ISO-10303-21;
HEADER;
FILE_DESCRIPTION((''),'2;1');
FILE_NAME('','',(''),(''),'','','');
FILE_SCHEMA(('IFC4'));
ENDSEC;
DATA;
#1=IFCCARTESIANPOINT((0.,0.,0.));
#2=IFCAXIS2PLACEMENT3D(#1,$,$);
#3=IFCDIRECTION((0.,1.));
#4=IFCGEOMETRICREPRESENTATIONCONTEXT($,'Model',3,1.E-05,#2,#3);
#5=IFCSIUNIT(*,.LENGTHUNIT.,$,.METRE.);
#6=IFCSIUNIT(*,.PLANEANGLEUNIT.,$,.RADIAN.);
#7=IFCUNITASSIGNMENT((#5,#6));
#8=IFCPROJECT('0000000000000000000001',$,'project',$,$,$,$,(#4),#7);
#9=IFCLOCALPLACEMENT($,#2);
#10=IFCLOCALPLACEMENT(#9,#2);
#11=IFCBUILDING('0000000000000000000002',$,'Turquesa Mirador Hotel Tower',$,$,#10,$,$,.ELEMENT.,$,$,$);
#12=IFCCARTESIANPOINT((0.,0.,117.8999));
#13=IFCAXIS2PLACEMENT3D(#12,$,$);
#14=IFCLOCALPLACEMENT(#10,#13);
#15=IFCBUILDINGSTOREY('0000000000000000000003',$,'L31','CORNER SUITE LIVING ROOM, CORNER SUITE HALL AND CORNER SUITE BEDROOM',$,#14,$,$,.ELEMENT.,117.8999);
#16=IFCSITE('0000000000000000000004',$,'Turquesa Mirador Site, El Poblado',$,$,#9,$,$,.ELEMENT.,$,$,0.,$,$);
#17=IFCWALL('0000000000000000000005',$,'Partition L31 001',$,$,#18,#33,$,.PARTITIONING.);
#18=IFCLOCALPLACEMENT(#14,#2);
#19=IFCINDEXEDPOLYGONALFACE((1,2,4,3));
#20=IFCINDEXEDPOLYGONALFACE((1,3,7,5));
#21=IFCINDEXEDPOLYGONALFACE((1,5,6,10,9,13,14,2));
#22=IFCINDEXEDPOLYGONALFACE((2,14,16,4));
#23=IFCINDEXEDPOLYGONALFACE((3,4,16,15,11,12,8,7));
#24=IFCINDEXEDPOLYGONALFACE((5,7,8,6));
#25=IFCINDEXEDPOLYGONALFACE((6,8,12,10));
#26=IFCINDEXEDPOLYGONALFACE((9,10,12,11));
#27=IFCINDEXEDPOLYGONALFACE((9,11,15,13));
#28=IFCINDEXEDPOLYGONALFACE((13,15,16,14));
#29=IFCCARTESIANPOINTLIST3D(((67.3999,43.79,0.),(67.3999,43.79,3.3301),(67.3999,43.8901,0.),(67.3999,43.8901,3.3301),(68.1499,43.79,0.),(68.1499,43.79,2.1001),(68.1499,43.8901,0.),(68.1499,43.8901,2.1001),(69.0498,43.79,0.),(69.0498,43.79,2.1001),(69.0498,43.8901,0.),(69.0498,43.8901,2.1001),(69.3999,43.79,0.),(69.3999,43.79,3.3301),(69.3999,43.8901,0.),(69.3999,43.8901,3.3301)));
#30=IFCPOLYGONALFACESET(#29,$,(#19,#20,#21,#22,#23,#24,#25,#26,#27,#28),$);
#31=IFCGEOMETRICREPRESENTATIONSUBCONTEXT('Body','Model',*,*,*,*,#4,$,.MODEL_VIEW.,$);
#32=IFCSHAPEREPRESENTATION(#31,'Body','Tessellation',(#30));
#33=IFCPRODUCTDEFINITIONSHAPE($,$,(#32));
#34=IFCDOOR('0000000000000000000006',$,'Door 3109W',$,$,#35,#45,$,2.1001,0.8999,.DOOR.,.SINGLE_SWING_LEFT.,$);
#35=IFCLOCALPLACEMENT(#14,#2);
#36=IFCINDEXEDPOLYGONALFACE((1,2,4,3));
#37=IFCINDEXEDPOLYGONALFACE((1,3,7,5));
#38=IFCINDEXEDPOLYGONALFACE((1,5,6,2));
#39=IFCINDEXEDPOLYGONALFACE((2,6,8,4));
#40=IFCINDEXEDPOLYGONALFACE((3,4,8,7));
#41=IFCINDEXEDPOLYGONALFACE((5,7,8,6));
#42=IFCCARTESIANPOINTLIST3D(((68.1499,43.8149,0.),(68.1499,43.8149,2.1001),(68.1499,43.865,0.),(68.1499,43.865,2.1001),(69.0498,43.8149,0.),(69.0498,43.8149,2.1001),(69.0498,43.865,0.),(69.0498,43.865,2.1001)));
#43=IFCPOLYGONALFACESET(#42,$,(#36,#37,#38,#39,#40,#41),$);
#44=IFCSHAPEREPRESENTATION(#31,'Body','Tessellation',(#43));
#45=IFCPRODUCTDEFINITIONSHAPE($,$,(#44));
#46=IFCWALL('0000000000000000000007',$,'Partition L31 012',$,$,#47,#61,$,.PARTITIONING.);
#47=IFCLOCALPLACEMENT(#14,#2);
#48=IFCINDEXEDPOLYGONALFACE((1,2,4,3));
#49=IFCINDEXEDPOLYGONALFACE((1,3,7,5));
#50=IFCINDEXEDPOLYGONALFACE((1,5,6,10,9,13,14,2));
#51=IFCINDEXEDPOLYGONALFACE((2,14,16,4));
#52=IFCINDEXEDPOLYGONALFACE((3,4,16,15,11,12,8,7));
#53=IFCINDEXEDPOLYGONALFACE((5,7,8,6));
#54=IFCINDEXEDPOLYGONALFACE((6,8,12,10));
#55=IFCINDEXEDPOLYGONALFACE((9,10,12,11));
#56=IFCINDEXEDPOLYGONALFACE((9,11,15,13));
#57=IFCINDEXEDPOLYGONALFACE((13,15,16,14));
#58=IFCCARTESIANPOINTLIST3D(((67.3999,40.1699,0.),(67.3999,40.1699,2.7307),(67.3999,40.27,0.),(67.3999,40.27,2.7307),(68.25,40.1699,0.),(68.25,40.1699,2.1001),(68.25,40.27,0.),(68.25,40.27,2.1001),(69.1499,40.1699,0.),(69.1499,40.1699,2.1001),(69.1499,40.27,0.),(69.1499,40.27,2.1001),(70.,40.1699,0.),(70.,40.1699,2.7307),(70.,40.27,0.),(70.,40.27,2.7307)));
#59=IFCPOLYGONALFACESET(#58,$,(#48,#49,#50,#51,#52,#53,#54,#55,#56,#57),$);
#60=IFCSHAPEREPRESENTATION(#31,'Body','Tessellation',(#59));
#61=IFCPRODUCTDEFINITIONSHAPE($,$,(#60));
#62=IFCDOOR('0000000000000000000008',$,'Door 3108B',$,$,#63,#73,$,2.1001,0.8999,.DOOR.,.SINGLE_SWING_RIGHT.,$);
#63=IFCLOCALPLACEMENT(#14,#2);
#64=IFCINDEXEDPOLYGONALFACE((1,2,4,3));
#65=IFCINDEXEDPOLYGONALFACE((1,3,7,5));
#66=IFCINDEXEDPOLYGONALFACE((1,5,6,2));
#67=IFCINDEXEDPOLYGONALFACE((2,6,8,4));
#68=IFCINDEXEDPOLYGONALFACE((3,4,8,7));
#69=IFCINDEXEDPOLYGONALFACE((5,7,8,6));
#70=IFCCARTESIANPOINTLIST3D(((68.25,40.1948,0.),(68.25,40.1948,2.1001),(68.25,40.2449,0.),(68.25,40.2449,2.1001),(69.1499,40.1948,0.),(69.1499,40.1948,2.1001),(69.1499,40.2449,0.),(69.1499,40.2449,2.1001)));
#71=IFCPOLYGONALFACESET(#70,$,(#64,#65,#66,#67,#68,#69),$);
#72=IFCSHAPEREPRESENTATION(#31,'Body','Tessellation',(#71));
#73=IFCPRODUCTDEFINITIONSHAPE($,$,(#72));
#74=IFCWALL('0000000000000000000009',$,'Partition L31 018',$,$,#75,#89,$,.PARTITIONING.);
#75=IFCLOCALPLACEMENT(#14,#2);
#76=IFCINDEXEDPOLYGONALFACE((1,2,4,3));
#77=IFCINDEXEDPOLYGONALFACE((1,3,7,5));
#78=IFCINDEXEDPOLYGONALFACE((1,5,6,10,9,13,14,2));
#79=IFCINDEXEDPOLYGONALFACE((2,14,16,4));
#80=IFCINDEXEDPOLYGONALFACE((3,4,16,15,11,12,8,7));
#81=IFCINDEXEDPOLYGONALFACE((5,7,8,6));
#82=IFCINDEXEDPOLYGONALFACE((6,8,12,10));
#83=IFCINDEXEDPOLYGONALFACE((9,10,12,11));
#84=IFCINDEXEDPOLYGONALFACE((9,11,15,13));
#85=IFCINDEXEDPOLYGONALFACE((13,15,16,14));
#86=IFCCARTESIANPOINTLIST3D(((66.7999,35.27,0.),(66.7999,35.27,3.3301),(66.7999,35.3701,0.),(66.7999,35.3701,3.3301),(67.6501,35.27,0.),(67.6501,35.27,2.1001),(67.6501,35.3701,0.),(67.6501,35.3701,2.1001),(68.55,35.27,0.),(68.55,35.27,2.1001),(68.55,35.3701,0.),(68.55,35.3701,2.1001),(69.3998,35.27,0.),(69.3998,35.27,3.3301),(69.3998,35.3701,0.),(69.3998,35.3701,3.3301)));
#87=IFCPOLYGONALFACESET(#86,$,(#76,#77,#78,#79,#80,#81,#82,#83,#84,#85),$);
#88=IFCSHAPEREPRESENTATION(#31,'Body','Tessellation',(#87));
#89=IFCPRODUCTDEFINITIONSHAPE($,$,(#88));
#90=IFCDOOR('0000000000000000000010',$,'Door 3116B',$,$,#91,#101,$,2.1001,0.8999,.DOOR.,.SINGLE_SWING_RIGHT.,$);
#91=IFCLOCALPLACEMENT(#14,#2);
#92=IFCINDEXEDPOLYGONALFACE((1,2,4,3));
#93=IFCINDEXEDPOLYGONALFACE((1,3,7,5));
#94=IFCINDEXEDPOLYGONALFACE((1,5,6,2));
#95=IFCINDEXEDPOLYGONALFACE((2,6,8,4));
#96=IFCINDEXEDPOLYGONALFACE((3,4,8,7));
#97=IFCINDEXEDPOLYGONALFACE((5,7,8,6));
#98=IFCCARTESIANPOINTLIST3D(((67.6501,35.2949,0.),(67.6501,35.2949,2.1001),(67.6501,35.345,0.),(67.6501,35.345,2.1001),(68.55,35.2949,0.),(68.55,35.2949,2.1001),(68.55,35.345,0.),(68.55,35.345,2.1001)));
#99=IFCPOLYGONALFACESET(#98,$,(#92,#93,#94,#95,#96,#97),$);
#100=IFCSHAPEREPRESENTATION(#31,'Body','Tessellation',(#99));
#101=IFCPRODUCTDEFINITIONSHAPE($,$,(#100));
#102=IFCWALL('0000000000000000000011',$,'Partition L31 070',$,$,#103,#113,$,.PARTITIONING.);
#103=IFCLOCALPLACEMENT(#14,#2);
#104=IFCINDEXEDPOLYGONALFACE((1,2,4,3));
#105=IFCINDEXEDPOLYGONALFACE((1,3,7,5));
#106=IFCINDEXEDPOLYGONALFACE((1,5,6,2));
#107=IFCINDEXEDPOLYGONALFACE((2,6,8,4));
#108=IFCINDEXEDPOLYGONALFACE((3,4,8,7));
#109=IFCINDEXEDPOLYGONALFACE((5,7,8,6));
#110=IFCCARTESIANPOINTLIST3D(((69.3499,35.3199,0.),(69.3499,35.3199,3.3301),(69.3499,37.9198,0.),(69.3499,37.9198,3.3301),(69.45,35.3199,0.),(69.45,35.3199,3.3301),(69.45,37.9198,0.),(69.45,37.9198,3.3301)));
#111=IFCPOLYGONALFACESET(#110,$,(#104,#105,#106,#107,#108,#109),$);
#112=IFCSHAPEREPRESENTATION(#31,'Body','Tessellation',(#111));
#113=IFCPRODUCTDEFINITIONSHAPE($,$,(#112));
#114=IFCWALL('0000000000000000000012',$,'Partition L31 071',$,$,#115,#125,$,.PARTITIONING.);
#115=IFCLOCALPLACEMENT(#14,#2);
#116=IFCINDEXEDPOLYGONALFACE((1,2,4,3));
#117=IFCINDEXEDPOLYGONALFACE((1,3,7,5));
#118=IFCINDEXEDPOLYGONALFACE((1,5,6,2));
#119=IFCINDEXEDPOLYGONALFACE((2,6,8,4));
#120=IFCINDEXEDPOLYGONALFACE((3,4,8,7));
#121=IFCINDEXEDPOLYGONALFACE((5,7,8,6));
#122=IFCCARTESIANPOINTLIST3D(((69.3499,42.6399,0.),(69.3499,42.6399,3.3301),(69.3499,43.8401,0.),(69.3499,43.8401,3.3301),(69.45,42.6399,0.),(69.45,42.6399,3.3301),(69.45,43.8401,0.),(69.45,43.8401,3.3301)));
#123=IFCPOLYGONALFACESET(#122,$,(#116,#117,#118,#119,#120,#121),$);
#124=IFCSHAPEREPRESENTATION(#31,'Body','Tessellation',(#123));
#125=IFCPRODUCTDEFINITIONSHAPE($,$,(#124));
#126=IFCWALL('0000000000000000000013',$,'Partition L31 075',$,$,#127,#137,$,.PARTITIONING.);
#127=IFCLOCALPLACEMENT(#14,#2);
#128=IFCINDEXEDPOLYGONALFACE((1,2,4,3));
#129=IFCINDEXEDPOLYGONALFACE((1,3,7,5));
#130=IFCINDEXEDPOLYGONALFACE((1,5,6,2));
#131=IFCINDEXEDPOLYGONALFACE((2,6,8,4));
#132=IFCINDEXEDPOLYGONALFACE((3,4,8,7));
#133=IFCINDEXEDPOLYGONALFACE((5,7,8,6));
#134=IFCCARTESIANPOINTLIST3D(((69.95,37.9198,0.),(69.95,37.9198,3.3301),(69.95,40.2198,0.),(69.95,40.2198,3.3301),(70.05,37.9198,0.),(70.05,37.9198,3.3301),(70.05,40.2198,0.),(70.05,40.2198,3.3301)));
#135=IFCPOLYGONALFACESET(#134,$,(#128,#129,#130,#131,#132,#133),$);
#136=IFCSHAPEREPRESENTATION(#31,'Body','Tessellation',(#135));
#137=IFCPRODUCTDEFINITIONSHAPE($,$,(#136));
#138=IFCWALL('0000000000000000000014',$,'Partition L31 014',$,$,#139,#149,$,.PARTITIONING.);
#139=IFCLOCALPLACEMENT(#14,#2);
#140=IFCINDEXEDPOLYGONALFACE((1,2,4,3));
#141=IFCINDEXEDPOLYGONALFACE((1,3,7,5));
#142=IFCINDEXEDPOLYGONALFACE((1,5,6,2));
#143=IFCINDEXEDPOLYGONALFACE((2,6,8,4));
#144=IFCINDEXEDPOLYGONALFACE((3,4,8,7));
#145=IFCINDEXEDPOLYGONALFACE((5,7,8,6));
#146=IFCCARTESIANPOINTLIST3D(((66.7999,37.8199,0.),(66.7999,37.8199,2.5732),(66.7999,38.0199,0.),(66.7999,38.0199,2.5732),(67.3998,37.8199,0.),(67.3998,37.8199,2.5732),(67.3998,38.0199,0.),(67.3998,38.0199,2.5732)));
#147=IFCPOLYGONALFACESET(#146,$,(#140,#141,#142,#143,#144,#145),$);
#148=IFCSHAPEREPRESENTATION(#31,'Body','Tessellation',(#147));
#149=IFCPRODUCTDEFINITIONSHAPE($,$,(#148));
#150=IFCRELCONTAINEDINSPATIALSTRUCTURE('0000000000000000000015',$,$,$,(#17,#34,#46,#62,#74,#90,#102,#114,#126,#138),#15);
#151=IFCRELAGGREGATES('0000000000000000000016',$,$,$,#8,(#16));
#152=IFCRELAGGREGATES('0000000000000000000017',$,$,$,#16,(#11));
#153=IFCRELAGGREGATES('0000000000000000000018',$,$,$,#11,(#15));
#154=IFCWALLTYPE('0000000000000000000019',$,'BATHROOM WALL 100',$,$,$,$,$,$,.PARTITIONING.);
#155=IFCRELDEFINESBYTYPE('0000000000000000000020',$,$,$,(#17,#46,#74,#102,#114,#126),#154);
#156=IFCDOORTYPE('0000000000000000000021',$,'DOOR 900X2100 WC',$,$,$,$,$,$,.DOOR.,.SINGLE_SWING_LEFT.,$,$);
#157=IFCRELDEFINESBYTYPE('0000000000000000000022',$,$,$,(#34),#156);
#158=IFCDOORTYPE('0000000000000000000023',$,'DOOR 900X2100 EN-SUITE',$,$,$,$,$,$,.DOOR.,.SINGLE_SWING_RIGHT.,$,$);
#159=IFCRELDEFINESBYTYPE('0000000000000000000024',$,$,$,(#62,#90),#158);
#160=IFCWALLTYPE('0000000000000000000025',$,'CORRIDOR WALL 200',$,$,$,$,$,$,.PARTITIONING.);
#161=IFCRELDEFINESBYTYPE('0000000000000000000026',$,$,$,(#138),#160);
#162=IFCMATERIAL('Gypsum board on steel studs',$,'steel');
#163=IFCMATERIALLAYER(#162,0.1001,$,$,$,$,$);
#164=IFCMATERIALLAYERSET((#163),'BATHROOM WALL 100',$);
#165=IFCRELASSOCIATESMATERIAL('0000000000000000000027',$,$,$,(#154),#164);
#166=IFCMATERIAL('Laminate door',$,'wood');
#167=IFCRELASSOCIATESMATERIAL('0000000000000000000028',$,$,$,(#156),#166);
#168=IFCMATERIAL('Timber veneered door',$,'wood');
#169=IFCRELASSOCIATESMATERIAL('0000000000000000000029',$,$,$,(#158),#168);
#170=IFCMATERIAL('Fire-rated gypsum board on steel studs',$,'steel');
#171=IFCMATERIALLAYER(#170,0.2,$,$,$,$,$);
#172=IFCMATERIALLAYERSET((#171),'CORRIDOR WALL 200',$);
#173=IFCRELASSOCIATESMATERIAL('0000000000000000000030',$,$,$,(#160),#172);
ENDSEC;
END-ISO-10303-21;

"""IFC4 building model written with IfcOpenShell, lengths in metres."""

from ifc_helpers import new_model, si_unit, direction, frame, frame_2d, origin, place, context, subcontext, project, spatial, rectangle, extrude, material, layer, layer_set, type_object, element, fill, save


model = new_model("IFC4")

# Units and contexts
model_context = context("Model", 3, precision=1e-05, world=origin(), true_north=direction((0.0, 1.0)))
body_context = subcontext(model_context, "Body", "Model", "MODEL_VIEW")
ifc_project = project(units=[si_unit("LENGTHUNIT", "METRE"), si_unit("PLANEANGLEUNIT", "RADIAN")], contexts=[model_context])

# Site, building, storey
site_placement = place(None, origin())
site = spatial("IfcSite", under=ifc_project, at=site_placement, Name="Turquesa Mirador Site, El Poblado", CompositionType="ELEMENT", RefElevation=0.0)
building_placement = place(site_placement, origin())
building = spatial("IfcBuilding", under=site, at=building_placement, Name="Turquesa Mirador Hotel Tower", CompositionType="ELEMENT")
storey_placement = place(building_placement, frame((0.0, 0.0, 117.8999)))
storey = spatial("IfcBuildingStorey", under=building, at=storey_placement, Name="L31", Description="CORNER SUITE LIVING ROOM, CORNER SUITE HALL AND CORNER SUITE BEDROOM", CompositionType="ELEMENT", Elevation=117.8999)

# Walls, openings, doors
ifc_material_1 = material(Name="Gypsum board on steel studs", Category="steel")
ifc_layer_1 = layer(ifc_material_1, 0.1001)
ifc_layer_set_1 = layer_set([ifc_layer_1], Name="BATHROOM WALL 100")
wall_type_1 = type_object("IfcWallType", Name="BATHROOM WALL 100", PredefinedType="PARTITIONING", material=ifc_layer_set_1)
wall_1_placement = place(storey_placement, frame((67.3999, 43.8401, 0.0), z_axis=(0.0, 0.0, 1.0), x_axis=(1.0, 0.0, 0.0)))
wall_1 = element("IfcWall", 1, at=wall_1_placement, inside=storey, type_object=wall_type_1, Name="Partition L31 001", PredefinedType="PARTITIONING", context=body_context, shape_type="SweptSolid", body=[
    extrude(rectangle(XDim=2.0, YDim=0.1001, at=frame_2d((1.0, 0.0))), origin(), (0.0, 0.0, 1.0), 3.3301),
])
opening_1_placement = place(wall_1_placement, frame((0.75, 0.0, 0.0)))
opening_1 = element("IfcOpeningElement", 2, at=opening_1_placement, cuts=wall_1, PredefinedType="OPENING", context=body_context, shape_type="SweptSolid", body=[
    extrude(rectangle(XDim=0.8999, YDim=2.1001, at=frame_2d((0.45, 1.05))), frame((0.0, 0.0601, 0.0), z_axis=(0.0, -1.0, 0.0), x_axis=(1.0, 0.0, 0.0)), (0.0, 0.0, 1.0), 0.1201),
])
ifc_material_2 = material(Name="Laminate door", Category="wood")
door_type_1 = type_object("IfcDoorType", Name="DOOR 900X2100 WC", OperationType="SINGLE_SWING_LEFT", PredefinedType="DOOR", material=ifc_material_2)
door_1_placement = place(opening_1_placement, origin())
door_1 = element("IfcDoor", 3, at=door_1_placement, inside=storey, type_object=door_type_1, Name="Door 3109W", OperationType="SINGLE_SWING_LEFT", OverallHeight=2.1001, OverallWidth=0.8999, PredefinedType="DOOR", context=body_context, shape_type="SweptSolid", body=[
    extrude(rectangle(XDim=0.8999, YDim=2.1001, at=frame_2d((0.45, 1.05))), frame((0.0, 0.0249, 0.0), z_axis=(0.0, -1.0, 0.0), x_axis=(1.0, 0.0, 0.0)), (0.0, 0.0, 1.0), 0.05),
])
fill(opening_1, door_1)
wall_2_placement = place(storey_placement, frame((67.3999, 40.22, 0.0), z_axis=(0.0, 0.0, 1.0), x_axis=(1.0, 0.0, 0.0)))
wall_2 = element("IfcWall", 4, at=wall_2_placement, inside=storey, type_object=wall_type_1, Name="Partition L31 012", PredefinedType="PARTITIONING", context=body_context, shape_type="SweptSolid", body=[
    extrude(rectangle(XDim=2.6001, YDim=0.1001, at=frame_2d((1.3, 0.0))), origin(), (0.0, 0.0, 1.0), 2.7307),
])
opening_2_placement = place(wall_2_placement, frame((0.8501, 0.0, 0.0)))
opening_2 = element("IfcOpeningElement", 5, at=opening_2_placement, cuts=wall_2, PredefinedType="OPENING", context=body_context, shape_type="SweptSolid", body=[
    extrude(rectangle(XDim=0.8999, YDim=2.1001, at=frame_2d((0.45, 1.05))), frame((0.0, 0.0601, 0.0), z_axis=(0.0, -1.0, 0.0), x_axis=(1.0, 0.0, 0.0)), (0.0, 0.0, 1.0), 0.1201),
])
ifc_material_3 = material(Name="Timber veneered door", Category="wood")
door_type_2 = type_object("IfcDoorType", Name="DOOR 900X2100 EN-SUITE", OperationType="SINGLE_SWING_RIGHT", PredefinedType="DOOR", material=ifc_material_3)
door_2_placement = place(opening_2_placement, origin())
door_2 = element("IfcDoor", 6, at=door_2_placement, inside=storey, type_object=door_type_2, Name="Door 3108B", OperationType="SINGLE_SWING_RIGHT", OverallHeight=2.1001, OverallWidth=0.8999, PredefinedType="DOOR", context=body_context, shape_type="SweptSolid", body=[
    extrude(rectangle(XDim=0.8999, YDim=2.1001, at=frame_2d((0.45, 1.05))), frame((0.0, 0.0249, 0.0), z_axis=(0.0, -1.0, 0.0), x_axis=(1.0, 0.0, 0.0)), (0.0, 0.0, 1.0), 0.05),
])
fill(opening_2, door_2)
wall_3_placement = place(storey_placement, frame((66.8, 35.3201, 0.0), z_axis=(0.0, 0.0, 1.0), x_axis=(1.0, 0.0, 0.0)))
wall_3 = element("IfcWall", 7, at=wall_3_placement, inside=storey, type_object=wall_type_1, Name="Partition L31 018", PredefinedType="PARTITIONING", context=body_context, shape_type="SweptSolid", body=[
    extrude(rectangle(XDim=2.5999, YDim=0.1001, at=frame_2d((1.2998, 0.0))), origin(), (0.0, 0.0, 1.0), 3.3301),
])
opening_3_placement = place(wall_3_placement, frame((0.8501, 0.0, 0.0)))
opening_3 = element("IfcOpeningElement", 8, at=opening_3_placement, cuts=wall_3, PredefinedType="OPENING", context=body_context, shape_type="SweptSolid", body=[
    extrude(rectangle(XDim=0.8999, YDim=2.1001, at=frame_2d((0.45, 1.05))), frame((0.0, 0.0601, 0.0), z_axis=(0.0, -1.0, 0.0), x_axis=(1.0, 0.0, 0.0)), (0.0, 0.0, 1.0), 0.1201),
])
door_3_placement = place(opening_3_placement, origin())
door_3 = element("IfcDoor", 9, at=door_3_placement, inside=storey, type_object=door_type_2, Name="Door 3116B", OperationType="SINGLE_SWING_RIGHT", OverallHeight=2.1001, OverallWidth=0.8999, PredefinedType="DOOR", context=body_context, shape_type="SweptSolid", body=[
    extrude(rectangle(XDim=0.8999, YDim=2.1001, at=frame_2d((0.45, 1.05))), frame((0.0, 0.0249, 0.0), z_axis=(0.0, -1.0, 0.0), x_axis=(1.0, 0.0, 0.0)), (0.0, 0.0, 1.0), 0.05),
])
fill(opening_3, door_3)

# Walls
wall_4_placement = place(storey_placement, frame((69.3999, 35.3201, 0.0), z_axis=(0.0, 0.0, 1.0), x_axis=(0.0, 1.0, 0.0)))
element("IfcWall", 10, at=wall_4_placement, inside=storey, type_object=wall_type_1, Name="Partition L31 070", PredefinedType="PARTITIONING", context=body_context, shape_type="SweptSolid", body=[
    extrude(rectangle(XDim=2.5999, YDim=0.1001, at=frame_2d((1.2998, 0.0))), origin(), (0.0, 0.0, 1.0), 3.3301),
])
wall_5_placement = place(storey_placement, frame((69.3999, 42.6399, 0.0), z_axis=(0.0, 0.0, 1.0), x_axis=(0.0, 1.0, 0.0)))
element("IfcWall", 11, at=wall_5_placement, inside=storey, type_object=wall_type_1, Name="Partition L31 071", PredefinedType="PARTITIONING", context=body_context, shape_type="SweptSolid", body=[
    extrude(rectangle(XDim=1.2002, YDim=0.1001, at=frame_2d((0.6001, 0.0))), origin(), (0.0, 0.0, 1.0), 3.3301),
])
wall_6_placement = place(storey_placement, frame((70.0, 37.9199, 0.0), z_axis=(0.0, 0.0, 1.0), x_axis=(0.0, 1.0, 0.0)))
element("IfcWall", 12, at=wall_6_placement, inside=storey, type_object=wall_type_1, Name="Partition L31 075", PredefinedType="PARTITIONING", context=body_context, shape_type="SweptSolid", body=[
    extrude(rectangle(XDim=2.3, YDim=0.1001, at=frame_2d((1.1499, 0.0))), origin(), (0.0, 0.0, 1.0), 3.3301),
])
ifc_material_4 = material(Name="Fire-rated gypsum board on steel studs", Category="steel")
ifc_layer_2 = layer(ifc_material_4, 0.2)
ifc_layer_set_2 = layer_set([ifc_layer_2], Name="CORRIDOR WALL 200")
wall_type_2 = type_object("IfcWallType", Name="CORRIDOR WALL 200", PredefinedType="PARTITIONING", material=ifc_layer_set_2)
wall_7_placement = place(storey_placement, frame((66.8, 37.9199, 0.0), z_axis=(0.0, 0.0, 1.0), x_axis=(1.0, 0.0, 0.0)))
element("IfcWall", 13, at=wall_7_placement, inside=storey, type_object=wall_type_2, Name="Partition L31 014", PredefinedType="PARTITIONING", context=body_context, shape_type="SweptSolid", body=[
    extrude(rectangle(XDim=0.5999, YDim=0.2, at=frame_2d((0.2998, 0.0))), origin(), (0.0, 0.0, 1.0), 2.5732),
])

save(model, "model.ifc")
